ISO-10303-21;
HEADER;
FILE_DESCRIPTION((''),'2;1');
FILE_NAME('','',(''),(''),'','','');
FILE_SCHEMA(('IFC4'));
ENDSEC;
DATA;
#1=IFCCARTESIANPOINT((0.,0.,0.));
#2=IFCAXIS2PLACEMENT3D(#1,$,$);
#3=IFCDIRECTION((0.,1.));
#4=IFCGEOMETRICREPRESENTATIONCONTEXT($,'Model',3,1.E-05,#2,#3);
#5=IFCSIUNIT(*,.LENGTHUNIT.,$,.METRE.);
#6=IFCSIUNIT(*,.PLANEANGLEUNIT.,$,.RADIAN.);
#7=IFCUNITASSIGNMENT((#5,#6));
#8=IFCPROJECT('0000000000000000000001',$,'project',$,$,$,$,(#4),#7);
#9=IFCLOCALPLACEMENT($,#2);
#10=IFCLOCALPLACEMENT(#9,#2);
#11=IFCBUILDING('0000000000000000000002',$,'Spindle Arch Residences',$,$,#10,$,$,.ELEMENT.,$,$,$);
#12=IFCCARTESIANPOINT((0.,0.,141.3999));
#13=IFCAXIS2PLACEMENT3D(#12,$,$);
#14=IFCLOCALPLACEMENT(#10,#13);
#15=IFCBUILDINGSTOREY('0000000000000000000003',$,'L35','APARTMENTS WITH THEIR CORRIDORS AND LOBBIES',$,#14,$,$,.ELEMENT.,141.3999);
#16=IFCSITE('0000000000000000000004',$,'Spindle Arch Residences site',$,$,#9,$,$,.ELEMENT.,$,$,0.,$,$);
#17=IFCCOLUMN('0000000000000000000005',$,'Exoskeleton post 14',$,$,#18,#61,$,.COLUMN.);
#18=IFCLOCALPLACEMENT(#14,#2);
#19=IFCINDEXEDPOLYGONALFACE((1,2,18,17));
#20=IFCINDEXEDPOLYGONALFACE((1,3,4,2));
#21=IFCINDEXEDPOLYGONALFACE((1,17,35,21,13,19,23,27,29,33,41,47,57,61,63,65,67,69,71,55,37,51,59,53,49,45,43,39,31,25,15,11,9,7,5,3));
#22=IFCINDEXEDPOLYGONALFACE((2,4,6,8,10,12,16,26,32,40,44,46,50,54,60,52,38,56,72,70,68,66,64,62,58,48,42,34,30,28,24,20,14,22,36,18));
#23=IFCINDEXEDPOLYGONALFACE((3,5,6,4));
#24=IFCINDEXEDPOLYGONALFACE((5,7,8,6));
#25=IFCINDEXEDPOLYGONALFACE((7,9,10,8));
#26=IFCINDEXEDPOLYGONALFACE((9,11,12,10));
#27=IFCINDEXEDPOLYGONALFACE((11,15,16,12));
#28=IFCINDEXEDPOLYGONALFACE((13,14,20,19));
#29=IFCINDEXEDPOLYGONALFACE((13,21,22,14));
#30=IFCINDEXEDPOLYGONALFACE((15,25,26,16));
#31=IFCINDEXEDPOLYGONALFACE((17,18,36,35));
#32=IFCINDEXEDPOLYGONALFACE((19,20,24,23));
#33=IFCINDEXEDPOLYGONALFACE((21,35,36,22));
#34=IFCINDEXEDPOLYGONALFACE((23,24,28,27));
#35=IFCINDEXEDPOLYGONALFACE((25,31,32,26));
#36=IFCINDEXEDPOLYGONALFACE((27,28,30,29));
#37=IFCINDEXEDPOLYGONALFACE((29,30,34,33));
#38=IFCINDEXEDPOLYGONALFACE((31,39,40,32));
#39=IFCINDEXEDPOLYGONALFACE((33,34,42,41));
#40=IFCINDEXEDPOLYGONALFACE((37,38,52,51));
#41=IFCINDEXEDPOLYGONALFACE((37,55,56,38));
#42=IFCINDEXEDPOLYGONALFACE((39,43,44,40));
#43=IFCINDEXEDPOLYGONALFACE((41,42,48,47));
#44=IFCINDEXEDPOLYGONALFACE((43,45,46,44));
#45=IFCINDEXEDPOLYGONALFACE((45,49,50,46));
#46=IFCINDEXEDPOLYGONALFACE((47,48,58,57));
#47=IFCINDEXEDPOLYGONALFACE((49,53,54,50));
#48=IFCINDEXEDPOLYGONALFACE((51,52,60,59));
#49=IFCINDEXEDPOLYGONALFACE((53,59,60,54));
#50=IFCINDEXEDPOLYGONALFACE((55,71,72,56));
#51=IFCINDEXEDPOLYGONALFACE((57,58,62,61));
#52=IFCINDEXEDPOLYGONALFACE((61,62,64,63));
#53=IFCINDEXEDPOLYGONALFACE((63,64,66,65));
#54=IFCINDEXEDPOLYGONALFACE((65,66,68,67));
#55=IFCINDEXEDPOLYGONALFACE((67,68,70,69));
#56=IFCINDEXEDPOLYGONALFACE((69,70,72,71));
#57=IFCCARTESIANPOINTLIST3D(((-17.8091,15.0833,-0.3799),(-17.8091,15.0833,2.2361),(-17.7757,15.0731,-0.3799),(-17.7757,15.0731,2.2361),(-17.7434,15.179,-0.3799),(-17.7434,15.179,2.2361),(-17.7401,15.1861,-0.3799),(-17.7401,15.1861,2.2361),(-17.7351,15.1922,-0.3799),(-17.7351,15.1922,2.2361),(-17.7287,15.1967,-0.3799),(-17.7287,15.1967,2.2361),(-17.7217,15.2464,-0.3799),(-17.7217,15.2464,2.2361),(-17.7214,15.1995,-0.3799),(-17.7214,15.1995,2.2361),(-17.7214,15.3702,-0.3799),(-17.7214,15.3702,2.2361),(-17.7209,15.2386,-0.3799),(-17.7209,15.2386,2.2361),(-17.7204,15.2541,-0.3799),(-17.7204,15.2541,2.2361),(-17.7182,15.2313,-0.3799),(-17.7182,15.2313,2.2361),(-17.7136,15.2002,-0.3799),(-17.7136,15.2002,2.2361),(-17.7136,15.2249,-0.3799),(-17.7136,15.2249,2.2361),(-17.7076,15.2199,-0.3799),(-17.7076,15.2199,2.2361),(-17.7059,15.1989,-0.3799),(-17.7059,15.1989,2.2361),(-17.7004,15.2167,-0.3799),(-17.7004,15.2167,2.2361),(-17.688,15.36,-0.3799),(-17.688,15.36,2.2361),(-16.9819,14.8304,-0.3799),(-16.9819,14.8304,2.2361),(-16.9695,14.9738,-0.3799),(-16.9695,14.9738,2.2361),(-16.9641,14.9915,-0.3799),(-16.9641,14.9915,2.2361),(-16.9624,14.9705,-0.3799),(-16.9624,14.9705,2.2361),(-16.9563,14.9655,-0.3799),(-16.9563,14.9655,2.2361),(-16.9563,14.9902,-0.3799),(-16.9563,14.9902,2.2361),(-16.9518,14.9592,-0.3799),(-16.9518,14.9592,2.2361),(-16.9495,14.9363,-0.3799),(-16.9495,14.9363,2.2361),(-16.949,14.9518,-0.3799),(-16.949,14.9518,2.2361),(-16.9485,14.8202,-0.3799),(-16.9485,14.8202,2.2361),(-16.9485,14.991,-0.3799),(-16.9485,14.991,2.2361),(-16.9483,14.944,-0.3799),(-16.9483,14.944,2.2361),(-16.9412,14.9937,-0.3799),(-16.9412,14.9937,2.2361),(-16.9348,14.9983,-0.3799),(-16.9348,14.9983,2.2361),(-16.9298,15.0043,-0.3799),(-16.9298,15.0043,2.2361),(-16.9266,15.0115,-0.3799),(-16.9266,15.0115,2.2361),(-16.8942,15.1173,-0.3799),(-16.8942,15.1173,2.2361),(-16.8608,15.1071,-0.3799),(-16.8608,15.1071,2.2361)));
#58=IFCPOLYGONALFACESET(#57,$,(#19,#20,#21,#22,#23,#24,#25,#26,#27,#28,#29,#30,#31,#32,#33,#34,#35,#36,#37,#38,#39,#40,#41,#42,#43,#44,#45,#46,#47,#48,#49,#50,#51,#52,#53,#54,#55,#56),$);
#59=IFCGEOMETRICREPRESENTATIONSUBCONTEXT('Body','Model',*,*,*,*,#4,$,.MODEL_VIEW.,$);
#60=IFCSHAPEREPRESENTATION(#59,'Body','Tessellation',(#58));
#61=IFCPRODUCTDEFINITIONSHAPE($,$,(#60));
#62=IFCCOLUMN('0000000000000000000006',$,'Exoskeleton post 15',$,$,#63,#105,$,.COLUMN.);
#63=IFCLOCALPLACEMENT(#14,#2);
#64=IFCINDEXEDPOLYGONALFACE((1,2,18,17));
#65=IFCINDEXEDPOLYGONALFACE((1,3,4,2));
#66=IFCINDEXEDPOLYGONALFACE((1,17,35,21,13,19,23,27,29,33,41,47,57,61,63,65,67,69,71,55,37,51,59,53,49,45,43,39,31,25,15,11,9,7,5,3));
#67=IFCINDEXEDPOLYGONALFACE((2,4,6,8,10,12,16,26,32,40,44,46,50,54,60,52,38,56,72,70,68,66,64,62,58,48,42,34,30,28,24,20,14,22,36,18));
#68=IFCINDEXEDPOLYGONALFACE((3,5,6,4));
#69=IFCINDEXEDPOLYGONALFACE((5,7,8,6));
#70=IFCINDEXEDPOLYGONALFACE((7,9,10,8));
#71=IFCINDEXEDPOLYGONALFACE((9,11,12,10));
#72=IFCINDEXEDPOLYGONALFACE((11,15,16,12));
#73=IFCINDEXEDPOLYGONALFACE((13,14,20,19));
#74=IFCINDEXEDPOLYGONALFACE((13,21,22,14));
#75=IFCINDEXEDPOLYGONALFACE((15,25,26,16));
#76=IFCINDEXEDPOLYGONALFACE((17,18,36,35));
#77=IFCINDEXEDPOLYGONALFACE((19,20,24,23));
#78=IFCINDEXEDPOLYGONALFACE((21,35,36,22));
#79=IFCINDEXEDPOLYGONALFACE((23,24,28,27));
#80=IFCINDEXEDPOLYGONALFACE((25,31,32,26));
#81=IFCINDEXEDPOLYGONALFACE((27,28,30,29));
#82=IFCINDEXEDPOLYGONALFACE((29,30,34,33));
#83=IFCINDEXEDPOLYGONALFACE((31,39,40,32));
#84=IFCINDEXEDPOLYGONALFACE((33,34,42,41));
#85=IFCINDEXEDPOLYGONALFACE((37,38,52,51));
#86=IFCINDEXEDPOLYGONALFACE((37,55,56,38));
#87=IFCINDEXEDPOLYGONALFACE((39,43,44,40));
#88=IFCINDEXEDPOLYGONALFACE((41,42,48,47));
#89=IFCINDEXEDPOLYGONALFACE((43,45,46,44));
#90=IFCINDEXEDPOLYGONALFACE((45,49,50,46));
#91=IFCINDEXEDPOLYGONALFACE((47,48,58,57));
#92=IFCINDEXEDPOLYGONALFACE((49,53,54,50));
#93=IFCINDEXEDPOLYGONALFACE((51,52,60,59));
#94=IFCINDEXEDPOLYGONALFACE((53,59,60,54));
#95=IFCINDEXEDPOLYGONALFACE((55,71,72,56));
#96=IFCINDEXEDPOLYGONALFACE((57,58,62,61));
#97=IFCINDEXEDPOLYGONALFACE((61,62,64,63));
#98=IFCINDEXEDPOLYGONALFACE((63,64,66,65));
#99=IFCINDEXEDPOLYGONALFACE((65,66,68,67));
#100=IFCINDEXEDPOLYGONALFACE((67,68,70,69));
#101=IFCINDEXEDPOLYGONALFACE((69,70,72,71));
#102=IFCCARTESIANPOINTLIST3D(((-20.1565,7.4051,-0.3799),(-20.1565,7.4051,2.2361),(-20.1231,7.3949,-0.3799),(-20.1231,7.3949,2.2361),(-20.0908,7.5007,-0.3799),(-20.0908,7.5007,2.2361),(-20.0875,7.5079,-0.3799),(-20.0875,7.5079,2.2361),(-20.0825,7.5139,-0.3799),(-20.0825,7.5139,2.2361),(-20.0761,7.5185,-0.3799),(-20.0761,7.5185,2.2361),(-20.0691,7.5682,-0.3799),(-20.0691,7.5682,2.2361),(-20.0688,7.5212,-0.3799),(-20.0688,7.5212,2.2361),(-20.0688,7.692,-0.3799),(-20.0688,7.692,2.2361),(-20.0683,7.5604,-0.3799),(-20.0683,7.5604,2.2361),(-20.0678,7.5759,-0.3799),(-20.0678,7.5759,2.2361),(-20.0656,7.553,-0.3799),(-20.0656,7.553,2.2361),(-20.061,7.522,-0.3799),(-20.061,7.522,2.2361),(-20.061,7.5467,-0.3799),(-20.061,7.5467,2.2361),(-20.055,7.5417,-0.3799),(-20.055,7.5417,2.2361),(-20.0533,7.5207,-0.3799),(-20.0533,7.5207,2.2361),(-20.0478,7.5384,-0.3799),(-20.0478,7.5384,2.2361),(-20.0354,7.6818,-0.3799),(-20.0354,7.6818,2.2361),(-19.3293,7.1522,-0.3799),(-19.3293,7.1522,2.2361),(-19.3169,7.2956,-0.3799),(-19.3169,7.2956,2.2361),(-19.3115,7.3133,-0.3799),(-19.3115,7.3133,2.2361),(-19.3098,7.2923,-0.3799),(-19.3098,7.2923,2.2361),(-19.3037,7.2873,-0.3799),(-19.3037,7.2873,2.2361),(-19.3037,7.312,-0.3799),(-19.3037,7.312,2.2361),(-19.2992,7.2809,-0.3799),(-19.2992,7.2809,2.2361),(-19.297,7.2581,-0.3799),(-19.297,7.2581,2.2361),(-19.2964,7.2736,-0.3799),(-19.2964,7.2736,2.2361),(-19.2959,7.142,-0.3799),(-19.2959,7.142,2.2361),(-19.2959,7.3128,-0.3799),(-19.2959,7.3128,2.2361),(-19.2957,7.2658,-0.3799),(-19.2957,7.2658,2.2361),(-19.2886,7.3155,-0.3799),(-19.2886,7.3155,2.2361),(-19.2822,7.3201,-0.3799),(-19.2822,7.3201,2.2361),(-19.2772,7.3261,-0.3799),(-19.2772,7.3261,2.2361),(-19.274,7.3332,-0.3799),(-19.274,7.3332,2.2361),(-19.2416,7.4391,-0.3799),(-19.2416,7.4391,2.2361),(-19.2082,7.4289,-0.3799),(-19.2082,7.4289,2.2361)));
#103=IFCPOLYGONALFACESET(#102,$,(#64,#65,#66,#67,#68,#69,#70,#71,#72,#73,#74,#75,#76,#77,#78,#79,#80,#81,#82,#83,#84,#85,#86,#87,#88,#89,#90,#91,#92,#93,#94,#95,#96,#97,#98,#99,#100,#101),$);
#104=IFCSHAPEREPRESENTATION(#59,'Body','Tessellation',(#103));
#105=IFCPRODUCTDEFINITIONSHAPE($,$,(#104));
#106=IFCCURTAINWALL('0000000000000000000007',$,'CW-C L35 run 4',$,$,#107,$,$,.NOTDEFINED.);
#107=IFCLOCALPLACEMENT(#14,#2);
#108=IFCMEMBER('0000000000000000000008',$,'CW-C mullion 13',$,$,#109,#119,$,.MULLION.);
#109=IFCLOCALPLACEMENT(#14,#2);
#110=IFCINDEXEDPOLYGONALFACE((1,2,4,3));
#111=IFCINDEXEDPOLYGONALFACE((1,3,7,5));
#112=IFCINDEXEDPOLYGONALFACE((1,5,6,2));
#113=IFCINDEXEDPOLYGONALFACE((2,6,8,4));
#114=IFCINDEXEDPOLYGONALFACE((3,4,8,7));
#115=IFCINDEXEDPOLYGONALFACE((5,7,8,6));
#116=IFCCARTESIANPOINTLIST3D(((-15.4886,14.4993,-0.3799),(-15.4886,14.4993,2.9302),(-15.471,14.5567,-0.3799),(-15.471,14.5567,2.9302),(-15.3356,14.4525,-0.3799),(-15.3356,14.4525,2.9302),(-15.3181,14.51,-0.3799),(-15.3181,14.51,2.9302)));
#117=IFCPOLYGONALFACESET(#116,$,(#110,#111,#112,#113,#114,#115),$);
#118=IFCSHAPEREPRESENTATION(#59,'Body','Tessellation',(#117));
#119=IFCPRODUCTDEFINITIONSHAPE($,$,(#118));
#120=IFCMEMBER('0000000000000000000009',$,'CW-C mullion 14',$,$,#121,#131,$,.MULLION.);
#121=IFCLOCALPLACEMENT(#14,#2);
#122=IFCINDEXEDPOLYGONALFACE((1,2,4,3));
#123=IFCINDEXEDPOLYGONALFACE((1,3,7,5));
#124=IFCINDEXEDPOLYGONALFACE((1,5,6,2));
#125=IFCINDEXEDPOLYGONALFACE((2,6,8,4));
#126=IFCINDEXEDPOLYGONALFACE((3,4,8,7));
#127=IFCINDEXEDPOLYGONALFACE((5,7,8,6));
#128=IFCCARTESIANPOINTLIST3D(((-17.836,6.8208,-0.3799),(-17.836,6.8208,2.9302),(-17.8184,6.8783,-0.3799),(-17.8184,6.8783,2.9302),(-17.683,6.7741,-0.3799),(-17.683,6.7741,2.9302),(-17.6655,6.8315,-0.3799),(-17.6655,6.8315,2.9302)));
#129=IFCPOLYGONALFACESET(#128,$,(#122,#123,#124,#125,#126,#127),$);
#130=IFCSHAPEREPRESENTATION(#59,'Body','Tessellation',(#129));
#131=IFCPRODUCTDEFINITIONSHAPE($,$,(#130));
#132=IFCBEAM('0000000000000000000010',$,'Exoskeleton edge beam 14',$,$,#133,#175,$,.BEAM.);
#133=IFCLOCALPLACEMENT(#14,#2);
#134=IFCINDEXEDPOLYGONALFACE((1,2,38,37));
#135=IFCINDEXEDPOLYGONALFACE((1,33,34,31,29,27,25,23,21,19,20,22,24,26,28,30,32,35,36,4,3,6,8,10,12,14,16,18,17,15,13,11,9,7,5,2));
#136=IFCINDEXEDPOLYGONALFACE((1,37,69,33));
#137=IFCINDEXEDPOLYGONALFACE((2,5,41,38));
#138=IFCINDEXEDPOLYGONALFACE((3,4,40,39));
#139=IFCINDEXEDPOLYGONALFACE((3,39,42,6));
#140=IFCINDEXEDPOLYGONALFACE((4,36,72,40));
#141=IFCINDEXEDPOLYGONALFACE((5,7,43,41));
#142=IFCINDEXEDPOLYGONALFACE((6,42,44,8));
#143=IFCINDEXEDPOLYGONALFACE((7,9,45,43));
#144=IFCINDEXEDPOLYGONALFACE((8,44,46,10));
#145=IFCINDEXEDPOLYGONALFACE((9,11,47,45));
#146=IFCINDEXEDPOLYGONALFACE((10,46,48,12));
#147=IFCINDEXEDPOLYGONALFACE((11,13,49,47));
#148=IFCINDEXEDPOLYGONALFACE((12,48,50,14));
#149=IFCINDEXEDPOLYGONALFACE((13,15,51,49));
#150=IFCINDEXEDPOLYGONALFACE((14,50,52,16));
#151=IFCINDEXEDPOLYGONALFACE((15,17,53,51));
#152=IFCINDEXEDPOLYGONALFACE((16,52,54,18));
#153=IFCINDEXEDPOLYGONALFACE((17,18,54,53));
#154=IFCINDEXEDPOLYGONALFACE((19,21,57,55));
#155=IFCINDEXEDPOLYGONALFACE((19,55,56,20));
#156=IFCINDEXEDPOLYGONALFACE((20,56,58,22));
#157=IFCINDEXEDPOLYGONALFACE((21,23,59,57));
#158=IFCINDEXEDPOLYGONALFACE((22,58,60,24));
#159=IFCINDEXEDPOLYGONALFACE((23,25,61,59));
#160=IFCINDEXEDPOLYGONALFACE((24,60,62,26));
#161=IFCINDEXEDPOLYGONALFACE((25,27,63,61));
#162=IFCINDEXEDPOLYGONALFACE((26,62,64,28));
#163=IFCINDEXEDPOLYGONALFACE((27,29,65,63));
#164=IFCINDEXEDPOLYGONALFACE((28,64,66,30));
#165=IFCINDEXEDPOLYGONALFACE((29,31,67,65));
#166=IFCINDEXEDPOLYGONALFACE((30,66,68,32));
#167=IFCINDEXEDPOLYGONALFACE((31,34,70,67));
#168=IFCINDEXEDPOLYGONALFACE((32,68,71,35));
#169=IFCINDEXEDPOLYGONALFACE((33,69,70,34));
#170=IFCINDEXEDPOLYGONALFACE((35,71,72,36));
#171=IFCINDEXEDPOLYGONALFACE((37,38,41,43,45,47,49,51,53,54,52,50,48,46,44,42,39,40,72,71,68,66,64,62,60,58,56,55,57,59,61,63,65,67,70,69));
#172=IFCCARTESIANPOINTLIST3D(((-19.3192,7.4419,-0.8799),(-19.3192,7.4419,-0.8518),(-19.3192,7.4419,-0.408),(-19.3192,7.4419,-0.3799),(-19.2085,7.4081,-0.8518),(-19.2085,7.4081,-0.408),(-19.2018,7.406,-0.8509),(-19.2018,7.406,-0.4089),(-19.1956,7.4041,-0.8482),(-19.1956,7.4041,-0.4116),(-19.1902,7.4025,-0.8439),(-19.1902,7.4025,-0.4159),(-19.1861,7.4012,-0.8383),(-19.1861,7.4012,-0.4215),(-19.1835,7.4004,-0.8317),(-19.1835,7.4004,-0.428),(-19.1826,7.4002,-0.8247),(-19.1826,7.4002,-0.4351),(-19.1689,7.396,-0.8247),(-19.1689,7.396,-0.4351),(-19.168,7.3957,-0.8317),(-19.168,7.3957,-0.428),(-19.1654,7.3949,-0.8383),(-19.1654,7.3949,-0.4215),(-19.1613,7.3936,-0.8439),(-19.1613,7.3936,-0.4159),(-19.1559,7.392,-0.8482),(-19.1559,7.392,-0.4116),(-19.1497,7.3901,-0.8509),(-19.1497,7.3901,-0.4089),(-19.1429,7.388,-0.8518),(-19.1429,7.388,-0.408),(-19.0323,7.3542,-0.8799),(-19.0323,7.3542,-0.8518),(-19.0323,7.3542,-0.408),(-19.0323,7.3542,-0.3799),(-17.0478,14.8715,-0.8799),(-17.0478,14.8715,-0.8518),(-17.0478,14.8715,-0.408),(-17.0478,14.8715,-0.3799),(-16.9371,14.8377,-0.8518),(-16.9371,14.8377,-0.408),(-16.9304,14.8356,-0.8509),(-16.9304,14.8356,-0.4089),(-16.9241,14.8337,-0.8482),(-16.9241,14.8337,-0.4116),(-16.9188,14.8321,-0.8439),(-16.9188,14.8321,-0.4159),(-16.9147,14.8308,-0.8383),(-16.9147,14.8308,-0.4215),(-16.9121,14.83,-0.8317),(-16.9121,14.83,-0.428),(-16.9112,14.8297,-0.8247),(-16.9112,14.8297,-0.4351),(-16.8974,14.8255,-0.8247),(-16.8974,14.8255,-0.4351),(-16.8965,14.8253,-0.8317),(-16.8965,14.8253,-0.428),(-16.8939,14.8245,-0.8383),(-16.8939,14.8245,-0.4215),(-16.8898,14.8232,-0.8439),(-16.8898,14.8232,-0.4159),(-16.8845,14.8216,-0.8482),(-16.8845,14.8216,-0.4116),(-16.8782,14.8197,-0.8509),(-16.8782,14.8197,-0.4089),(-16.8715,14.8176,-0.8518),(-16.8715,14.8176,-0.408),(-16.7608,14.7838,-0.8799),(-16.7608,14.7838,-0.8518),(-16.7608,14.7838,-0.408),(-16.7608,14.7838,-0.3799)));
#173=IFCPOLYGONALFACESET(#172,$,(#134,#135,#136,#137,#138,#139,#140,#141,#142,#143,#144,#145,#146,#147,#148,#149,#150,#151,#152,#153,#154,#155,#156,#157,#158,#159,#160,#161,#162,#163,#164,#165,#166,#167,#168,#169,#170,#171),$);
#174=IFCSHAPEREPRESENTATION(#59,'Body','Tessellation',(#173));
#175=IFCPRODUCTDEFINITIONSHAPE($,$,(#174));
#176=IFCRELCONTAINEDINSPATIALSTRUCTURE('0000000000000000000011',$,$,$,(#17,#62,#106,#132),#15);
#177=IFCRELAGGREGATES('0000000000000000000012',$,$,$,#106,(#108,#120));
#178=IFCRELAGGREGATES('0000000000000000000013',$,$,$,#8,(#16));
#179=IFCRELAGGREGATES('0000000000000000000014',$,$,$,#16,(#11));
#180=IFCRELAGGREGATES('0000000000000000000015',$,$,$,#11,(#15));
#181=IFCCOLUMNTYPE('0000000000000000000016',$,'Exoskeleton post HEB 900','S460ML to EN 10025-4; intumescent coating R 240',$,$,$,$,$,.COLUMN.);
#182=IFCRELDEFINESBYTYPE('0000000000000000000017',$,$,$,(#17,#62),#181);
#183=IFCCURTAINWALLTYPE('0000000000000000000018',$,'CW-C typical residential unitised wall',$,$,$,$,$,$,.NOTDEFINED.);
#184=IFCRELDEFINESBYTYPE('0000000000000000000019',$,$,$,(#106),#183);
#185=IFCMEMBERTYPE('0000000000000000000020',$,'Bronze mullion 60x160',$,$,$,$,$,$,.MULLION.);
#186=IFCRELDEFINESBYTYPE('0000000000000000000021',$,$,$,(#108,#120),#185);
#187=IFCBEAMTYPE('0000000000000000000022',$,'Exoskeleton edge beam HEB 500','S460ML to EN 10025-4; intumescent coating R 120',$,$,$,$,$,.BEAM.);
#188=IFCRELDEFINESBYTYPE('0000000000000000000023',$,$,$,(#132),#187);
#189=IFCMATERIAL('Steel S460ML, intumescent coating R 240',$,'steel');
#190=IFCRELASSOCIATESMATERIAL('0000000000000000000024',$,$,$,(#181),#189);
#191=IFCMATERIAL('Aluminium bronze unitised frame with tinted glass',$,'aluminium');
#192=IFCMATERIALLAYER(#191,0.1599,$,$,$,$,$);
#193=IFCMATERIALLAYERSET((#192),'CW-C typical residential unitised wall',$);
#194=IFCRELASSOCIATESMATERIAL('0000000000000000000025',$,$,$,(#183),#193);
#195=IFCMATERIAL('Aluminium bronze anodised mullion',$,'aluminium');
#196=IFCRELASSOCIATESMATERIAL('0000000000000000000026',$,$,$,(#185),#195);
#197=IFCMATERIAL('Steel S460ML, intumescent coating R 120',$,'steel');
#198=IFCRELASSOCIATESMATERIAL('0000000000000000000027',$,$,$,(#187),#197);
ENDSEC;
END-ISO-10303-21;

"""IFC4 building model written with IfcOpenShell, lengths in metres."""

from ifc_helpers import new_model, si_unit, direction, frame, origin, origin_2d, place, context, subcontext, project, spatial, rectangle, i_section, extrude, material, layer, layer_set, material_profile, profile_set, type_object, element, aggregate, save


model = new_model("IFC4")

# Units and contexts
model_context = context("Model", 3, precision=1e-05, world=origin(), true_north=direction((0.0, 1.0)))
body_context = subcontext(model_context, "Body", "Model", "MODEL_VIEW")
ifc_project = project(units=[si_unit("LENGTHUNIT", "METRE"), si_unit("PLANEANGLEUNIT", "RADIAN")], contexts=[model_context])

# Site, building, storey
site_placement = place(None, origin())
site = spatial("IfcSite", under=ifc_project, at=site_placement, Name="Spindle Arch Residences site", CompositionType="ELEMENT", RefElevation=0.0)
building_placement = place(site_placement, origin())
building = spatial("IfcBuilding", under=site, at=building_placement, Name="Spindle Arch Residences", CompositionType="ELEMENT")
storey_placement = place(building_placement, frame((0.0, 0.0, 141.3999)))
storey = spatial("IfcBuildingStorey", under=building, at=storey_placement, Name="L35", Description="APARTMENTS WITH THEIR CORRIDORS AND LOBBIES", CompositionType="ELEMENT", Elevation=141.3999)

# Columns
ifc_material_1 = material(Name="Steel S460ML, intumescent coating R 240", Category="steel")
ifc_material_profile_1 = material_profile(ifc_material_1, i_section(OverallWidth=0.3, OverallDepth=0.8999, WebThickness=0.0186, FlangeThickness=0.0349, FilletRadius=0.03, at=origin_2d()), Name="HEB 900")
ifc_profile_set_1 = profile_set([ifc_material_profile_1], Name="Steel S460ML, intumescent coating R 240")
column_type = type_object("IfcColumnType", Name="Exoskeleton post HEB 900", Description="S460ML to EN 10025-4; intumescent coating R 240", PredefinedType="COLUMN", material=ifc_profile_set_1)
for number, where, z_axis, x_axis, name in (
    (1, (-17.335, 15.0952, -0.3799), (0.0, 0.0, 1.0), (0.292372, 0.956305, 0.0), "Exoskeleton post 14"),
    (2, (-19.6824, 7.417, -0.3799), (0.0, 0.0, 1.0), (0.292372, 0.956305, 0.0), "Exoskeleton post 15"),
):
    element("IfcColumn", number, at=place(storey_placement, frame(where, z_axis=z_axis, x_axis=x_axis)), inside=storey, type_object=column_type, Name=name, PredefinedType="COLUMN", context=body_context, shape_type="SweptSolid", body=[
        extrude(i_section(OverallWidth=0.3, OverallDepth=0.8999, WebThickness=0.0186, FlangeThickness=0.0349, FilletRadius=0.03, at=origin_2d()), origin(), (0.0, 0.0, 1.0), 2.616),
    ])

# Curtain wall, members
ifc_material_2 = material(Name="Aluminium bronze unitised frame with tinted glass", Category="aluminium")
ifc_layer_1 = layer(ifc_material_2, 0.1599)
ifc_layer_set_1 = layer_set([ifc_layer_1], Name="CW-C typical residential unitised wall")
curtain_wall_type = type_object("IfcCurtainWallType", Name="CW-C typical residential unitised wall", PredefinedType="NOTDEFINED", material=ifc_layer_set_1)
curtain_wall_placement = place(storey_placement, origin())
curtain_wall = element("IfcCurtainWall", 3, at=curtain_wall_placement, inside=storey, type_object=curtain_wall_type, Name="CW-C L35 run 4", PredefinedType="NOTDEFINED")
ifc_material_3 = material(Name="Aluminium bronze anodised mullion", Category="aluminium")
ifc_material_profile_2 = material_profile(ifc_material_3, rectangle(XDim=0.1599, YDim=0.0601, at=origin_2d()), Name="MU 60x160")
ifc_profile_set_2 = profile_set([ifc_material_profile_2], Name="Aluminium bronze anodised mullion")
member_type = type_object("IfcMemberType", Name="Bronze mullion 60x160", PredefinedType="MULLION", material=ifc_profile_set_2)
member_1_placement = place(storey_placement, frame((-15.4033, 14.5046, -0.3799), z_axis=(0.0, 0.0, 1.0), x_axis=(0.956305, -0.292372, 0.0)))
member_1 = element("IfcMember", 4, at=member_1_placement, type_object=member_type, Name="CW-C mullion 13", PredefinedType="MULLION", context=body_context, shape_type="SweptSolid", body=[
    extrude(rectangle(XDim=0.1599, YDim=0.0601, at=origin_2d()), origin(), (0.0, 0.0, 1.0), 3.3101),
])
member_2_placement = place(storey_placement, frame((-17.7507, 6.8262, -0.3799), z_axis=(0.0, 0.0, 1.0), x_axis=(0.956305, -0.292372, 0.0)))
member_2 = element("IfcMember", 5, at=member_2_placement, type_object=member_type, Name="CW-C mullion 14", PredefinedType="MULLION", context=body_context, shape_type="SweptSolid", body=[
    extrude(rectangle(XDim=0.1599, YDim=0.0601, at=origin_2d()), origin(), (0.0, 0.0, 1.0), 3.3101),
])

# Beam
ifc_material_4 = material(Name="Steel S460ML, intumescent coating R 120", Category="steel")
ifc_material_profile_3 = material_profile(ifc_material_4, i_section(OverallWidth=0.3, OverallDepth=0.5, WebThickness=0.0144, FlangeThickness=0.0281, FilletRadius=0.0271, at=origin_2d()), Name="HEB 500")
ifc_profile_set_3 = profile_set([ifc_material_profile_3], Name="Steel S460ML, intumescent coating R 120")
beam_type_1 = type_object("IfcBeamType", Name="Exoskeleton edge beam HEB 500", Description="S460ML to EN 10025-4; intumescent coating R 120", PredefinedType="BEAM", material=ifc_profile_set_3)
beam_1_placement = place(storey_placement, frame((-16.9043, 14.8276, -0.6299), z_axis=(-0.292372, -0.956305, 0.0), x_axis=(0.956305, -0.292372, 0.0)))
element("IfcBeam", 6, at=beam_1_placement, inside=storey, type_object=beam_type_1, Name="Exoskeleton edge beam 14", PredefinedType="BEAM", context=body_context, shape_type="SweptSolid", body=[
    extrude(i_section(OverallWidth=0.3, OverallDepth=0.5, WebThickness=0.0144, FlangeThickness=0.0281, FilletRadius=0.0271, at=origin_2d()), origin(), (0.0, 0.0, 1.0), 7.769),
])

aggregate(curtain_wall, [member_1, member_2])

save(model, "model.ifc")
